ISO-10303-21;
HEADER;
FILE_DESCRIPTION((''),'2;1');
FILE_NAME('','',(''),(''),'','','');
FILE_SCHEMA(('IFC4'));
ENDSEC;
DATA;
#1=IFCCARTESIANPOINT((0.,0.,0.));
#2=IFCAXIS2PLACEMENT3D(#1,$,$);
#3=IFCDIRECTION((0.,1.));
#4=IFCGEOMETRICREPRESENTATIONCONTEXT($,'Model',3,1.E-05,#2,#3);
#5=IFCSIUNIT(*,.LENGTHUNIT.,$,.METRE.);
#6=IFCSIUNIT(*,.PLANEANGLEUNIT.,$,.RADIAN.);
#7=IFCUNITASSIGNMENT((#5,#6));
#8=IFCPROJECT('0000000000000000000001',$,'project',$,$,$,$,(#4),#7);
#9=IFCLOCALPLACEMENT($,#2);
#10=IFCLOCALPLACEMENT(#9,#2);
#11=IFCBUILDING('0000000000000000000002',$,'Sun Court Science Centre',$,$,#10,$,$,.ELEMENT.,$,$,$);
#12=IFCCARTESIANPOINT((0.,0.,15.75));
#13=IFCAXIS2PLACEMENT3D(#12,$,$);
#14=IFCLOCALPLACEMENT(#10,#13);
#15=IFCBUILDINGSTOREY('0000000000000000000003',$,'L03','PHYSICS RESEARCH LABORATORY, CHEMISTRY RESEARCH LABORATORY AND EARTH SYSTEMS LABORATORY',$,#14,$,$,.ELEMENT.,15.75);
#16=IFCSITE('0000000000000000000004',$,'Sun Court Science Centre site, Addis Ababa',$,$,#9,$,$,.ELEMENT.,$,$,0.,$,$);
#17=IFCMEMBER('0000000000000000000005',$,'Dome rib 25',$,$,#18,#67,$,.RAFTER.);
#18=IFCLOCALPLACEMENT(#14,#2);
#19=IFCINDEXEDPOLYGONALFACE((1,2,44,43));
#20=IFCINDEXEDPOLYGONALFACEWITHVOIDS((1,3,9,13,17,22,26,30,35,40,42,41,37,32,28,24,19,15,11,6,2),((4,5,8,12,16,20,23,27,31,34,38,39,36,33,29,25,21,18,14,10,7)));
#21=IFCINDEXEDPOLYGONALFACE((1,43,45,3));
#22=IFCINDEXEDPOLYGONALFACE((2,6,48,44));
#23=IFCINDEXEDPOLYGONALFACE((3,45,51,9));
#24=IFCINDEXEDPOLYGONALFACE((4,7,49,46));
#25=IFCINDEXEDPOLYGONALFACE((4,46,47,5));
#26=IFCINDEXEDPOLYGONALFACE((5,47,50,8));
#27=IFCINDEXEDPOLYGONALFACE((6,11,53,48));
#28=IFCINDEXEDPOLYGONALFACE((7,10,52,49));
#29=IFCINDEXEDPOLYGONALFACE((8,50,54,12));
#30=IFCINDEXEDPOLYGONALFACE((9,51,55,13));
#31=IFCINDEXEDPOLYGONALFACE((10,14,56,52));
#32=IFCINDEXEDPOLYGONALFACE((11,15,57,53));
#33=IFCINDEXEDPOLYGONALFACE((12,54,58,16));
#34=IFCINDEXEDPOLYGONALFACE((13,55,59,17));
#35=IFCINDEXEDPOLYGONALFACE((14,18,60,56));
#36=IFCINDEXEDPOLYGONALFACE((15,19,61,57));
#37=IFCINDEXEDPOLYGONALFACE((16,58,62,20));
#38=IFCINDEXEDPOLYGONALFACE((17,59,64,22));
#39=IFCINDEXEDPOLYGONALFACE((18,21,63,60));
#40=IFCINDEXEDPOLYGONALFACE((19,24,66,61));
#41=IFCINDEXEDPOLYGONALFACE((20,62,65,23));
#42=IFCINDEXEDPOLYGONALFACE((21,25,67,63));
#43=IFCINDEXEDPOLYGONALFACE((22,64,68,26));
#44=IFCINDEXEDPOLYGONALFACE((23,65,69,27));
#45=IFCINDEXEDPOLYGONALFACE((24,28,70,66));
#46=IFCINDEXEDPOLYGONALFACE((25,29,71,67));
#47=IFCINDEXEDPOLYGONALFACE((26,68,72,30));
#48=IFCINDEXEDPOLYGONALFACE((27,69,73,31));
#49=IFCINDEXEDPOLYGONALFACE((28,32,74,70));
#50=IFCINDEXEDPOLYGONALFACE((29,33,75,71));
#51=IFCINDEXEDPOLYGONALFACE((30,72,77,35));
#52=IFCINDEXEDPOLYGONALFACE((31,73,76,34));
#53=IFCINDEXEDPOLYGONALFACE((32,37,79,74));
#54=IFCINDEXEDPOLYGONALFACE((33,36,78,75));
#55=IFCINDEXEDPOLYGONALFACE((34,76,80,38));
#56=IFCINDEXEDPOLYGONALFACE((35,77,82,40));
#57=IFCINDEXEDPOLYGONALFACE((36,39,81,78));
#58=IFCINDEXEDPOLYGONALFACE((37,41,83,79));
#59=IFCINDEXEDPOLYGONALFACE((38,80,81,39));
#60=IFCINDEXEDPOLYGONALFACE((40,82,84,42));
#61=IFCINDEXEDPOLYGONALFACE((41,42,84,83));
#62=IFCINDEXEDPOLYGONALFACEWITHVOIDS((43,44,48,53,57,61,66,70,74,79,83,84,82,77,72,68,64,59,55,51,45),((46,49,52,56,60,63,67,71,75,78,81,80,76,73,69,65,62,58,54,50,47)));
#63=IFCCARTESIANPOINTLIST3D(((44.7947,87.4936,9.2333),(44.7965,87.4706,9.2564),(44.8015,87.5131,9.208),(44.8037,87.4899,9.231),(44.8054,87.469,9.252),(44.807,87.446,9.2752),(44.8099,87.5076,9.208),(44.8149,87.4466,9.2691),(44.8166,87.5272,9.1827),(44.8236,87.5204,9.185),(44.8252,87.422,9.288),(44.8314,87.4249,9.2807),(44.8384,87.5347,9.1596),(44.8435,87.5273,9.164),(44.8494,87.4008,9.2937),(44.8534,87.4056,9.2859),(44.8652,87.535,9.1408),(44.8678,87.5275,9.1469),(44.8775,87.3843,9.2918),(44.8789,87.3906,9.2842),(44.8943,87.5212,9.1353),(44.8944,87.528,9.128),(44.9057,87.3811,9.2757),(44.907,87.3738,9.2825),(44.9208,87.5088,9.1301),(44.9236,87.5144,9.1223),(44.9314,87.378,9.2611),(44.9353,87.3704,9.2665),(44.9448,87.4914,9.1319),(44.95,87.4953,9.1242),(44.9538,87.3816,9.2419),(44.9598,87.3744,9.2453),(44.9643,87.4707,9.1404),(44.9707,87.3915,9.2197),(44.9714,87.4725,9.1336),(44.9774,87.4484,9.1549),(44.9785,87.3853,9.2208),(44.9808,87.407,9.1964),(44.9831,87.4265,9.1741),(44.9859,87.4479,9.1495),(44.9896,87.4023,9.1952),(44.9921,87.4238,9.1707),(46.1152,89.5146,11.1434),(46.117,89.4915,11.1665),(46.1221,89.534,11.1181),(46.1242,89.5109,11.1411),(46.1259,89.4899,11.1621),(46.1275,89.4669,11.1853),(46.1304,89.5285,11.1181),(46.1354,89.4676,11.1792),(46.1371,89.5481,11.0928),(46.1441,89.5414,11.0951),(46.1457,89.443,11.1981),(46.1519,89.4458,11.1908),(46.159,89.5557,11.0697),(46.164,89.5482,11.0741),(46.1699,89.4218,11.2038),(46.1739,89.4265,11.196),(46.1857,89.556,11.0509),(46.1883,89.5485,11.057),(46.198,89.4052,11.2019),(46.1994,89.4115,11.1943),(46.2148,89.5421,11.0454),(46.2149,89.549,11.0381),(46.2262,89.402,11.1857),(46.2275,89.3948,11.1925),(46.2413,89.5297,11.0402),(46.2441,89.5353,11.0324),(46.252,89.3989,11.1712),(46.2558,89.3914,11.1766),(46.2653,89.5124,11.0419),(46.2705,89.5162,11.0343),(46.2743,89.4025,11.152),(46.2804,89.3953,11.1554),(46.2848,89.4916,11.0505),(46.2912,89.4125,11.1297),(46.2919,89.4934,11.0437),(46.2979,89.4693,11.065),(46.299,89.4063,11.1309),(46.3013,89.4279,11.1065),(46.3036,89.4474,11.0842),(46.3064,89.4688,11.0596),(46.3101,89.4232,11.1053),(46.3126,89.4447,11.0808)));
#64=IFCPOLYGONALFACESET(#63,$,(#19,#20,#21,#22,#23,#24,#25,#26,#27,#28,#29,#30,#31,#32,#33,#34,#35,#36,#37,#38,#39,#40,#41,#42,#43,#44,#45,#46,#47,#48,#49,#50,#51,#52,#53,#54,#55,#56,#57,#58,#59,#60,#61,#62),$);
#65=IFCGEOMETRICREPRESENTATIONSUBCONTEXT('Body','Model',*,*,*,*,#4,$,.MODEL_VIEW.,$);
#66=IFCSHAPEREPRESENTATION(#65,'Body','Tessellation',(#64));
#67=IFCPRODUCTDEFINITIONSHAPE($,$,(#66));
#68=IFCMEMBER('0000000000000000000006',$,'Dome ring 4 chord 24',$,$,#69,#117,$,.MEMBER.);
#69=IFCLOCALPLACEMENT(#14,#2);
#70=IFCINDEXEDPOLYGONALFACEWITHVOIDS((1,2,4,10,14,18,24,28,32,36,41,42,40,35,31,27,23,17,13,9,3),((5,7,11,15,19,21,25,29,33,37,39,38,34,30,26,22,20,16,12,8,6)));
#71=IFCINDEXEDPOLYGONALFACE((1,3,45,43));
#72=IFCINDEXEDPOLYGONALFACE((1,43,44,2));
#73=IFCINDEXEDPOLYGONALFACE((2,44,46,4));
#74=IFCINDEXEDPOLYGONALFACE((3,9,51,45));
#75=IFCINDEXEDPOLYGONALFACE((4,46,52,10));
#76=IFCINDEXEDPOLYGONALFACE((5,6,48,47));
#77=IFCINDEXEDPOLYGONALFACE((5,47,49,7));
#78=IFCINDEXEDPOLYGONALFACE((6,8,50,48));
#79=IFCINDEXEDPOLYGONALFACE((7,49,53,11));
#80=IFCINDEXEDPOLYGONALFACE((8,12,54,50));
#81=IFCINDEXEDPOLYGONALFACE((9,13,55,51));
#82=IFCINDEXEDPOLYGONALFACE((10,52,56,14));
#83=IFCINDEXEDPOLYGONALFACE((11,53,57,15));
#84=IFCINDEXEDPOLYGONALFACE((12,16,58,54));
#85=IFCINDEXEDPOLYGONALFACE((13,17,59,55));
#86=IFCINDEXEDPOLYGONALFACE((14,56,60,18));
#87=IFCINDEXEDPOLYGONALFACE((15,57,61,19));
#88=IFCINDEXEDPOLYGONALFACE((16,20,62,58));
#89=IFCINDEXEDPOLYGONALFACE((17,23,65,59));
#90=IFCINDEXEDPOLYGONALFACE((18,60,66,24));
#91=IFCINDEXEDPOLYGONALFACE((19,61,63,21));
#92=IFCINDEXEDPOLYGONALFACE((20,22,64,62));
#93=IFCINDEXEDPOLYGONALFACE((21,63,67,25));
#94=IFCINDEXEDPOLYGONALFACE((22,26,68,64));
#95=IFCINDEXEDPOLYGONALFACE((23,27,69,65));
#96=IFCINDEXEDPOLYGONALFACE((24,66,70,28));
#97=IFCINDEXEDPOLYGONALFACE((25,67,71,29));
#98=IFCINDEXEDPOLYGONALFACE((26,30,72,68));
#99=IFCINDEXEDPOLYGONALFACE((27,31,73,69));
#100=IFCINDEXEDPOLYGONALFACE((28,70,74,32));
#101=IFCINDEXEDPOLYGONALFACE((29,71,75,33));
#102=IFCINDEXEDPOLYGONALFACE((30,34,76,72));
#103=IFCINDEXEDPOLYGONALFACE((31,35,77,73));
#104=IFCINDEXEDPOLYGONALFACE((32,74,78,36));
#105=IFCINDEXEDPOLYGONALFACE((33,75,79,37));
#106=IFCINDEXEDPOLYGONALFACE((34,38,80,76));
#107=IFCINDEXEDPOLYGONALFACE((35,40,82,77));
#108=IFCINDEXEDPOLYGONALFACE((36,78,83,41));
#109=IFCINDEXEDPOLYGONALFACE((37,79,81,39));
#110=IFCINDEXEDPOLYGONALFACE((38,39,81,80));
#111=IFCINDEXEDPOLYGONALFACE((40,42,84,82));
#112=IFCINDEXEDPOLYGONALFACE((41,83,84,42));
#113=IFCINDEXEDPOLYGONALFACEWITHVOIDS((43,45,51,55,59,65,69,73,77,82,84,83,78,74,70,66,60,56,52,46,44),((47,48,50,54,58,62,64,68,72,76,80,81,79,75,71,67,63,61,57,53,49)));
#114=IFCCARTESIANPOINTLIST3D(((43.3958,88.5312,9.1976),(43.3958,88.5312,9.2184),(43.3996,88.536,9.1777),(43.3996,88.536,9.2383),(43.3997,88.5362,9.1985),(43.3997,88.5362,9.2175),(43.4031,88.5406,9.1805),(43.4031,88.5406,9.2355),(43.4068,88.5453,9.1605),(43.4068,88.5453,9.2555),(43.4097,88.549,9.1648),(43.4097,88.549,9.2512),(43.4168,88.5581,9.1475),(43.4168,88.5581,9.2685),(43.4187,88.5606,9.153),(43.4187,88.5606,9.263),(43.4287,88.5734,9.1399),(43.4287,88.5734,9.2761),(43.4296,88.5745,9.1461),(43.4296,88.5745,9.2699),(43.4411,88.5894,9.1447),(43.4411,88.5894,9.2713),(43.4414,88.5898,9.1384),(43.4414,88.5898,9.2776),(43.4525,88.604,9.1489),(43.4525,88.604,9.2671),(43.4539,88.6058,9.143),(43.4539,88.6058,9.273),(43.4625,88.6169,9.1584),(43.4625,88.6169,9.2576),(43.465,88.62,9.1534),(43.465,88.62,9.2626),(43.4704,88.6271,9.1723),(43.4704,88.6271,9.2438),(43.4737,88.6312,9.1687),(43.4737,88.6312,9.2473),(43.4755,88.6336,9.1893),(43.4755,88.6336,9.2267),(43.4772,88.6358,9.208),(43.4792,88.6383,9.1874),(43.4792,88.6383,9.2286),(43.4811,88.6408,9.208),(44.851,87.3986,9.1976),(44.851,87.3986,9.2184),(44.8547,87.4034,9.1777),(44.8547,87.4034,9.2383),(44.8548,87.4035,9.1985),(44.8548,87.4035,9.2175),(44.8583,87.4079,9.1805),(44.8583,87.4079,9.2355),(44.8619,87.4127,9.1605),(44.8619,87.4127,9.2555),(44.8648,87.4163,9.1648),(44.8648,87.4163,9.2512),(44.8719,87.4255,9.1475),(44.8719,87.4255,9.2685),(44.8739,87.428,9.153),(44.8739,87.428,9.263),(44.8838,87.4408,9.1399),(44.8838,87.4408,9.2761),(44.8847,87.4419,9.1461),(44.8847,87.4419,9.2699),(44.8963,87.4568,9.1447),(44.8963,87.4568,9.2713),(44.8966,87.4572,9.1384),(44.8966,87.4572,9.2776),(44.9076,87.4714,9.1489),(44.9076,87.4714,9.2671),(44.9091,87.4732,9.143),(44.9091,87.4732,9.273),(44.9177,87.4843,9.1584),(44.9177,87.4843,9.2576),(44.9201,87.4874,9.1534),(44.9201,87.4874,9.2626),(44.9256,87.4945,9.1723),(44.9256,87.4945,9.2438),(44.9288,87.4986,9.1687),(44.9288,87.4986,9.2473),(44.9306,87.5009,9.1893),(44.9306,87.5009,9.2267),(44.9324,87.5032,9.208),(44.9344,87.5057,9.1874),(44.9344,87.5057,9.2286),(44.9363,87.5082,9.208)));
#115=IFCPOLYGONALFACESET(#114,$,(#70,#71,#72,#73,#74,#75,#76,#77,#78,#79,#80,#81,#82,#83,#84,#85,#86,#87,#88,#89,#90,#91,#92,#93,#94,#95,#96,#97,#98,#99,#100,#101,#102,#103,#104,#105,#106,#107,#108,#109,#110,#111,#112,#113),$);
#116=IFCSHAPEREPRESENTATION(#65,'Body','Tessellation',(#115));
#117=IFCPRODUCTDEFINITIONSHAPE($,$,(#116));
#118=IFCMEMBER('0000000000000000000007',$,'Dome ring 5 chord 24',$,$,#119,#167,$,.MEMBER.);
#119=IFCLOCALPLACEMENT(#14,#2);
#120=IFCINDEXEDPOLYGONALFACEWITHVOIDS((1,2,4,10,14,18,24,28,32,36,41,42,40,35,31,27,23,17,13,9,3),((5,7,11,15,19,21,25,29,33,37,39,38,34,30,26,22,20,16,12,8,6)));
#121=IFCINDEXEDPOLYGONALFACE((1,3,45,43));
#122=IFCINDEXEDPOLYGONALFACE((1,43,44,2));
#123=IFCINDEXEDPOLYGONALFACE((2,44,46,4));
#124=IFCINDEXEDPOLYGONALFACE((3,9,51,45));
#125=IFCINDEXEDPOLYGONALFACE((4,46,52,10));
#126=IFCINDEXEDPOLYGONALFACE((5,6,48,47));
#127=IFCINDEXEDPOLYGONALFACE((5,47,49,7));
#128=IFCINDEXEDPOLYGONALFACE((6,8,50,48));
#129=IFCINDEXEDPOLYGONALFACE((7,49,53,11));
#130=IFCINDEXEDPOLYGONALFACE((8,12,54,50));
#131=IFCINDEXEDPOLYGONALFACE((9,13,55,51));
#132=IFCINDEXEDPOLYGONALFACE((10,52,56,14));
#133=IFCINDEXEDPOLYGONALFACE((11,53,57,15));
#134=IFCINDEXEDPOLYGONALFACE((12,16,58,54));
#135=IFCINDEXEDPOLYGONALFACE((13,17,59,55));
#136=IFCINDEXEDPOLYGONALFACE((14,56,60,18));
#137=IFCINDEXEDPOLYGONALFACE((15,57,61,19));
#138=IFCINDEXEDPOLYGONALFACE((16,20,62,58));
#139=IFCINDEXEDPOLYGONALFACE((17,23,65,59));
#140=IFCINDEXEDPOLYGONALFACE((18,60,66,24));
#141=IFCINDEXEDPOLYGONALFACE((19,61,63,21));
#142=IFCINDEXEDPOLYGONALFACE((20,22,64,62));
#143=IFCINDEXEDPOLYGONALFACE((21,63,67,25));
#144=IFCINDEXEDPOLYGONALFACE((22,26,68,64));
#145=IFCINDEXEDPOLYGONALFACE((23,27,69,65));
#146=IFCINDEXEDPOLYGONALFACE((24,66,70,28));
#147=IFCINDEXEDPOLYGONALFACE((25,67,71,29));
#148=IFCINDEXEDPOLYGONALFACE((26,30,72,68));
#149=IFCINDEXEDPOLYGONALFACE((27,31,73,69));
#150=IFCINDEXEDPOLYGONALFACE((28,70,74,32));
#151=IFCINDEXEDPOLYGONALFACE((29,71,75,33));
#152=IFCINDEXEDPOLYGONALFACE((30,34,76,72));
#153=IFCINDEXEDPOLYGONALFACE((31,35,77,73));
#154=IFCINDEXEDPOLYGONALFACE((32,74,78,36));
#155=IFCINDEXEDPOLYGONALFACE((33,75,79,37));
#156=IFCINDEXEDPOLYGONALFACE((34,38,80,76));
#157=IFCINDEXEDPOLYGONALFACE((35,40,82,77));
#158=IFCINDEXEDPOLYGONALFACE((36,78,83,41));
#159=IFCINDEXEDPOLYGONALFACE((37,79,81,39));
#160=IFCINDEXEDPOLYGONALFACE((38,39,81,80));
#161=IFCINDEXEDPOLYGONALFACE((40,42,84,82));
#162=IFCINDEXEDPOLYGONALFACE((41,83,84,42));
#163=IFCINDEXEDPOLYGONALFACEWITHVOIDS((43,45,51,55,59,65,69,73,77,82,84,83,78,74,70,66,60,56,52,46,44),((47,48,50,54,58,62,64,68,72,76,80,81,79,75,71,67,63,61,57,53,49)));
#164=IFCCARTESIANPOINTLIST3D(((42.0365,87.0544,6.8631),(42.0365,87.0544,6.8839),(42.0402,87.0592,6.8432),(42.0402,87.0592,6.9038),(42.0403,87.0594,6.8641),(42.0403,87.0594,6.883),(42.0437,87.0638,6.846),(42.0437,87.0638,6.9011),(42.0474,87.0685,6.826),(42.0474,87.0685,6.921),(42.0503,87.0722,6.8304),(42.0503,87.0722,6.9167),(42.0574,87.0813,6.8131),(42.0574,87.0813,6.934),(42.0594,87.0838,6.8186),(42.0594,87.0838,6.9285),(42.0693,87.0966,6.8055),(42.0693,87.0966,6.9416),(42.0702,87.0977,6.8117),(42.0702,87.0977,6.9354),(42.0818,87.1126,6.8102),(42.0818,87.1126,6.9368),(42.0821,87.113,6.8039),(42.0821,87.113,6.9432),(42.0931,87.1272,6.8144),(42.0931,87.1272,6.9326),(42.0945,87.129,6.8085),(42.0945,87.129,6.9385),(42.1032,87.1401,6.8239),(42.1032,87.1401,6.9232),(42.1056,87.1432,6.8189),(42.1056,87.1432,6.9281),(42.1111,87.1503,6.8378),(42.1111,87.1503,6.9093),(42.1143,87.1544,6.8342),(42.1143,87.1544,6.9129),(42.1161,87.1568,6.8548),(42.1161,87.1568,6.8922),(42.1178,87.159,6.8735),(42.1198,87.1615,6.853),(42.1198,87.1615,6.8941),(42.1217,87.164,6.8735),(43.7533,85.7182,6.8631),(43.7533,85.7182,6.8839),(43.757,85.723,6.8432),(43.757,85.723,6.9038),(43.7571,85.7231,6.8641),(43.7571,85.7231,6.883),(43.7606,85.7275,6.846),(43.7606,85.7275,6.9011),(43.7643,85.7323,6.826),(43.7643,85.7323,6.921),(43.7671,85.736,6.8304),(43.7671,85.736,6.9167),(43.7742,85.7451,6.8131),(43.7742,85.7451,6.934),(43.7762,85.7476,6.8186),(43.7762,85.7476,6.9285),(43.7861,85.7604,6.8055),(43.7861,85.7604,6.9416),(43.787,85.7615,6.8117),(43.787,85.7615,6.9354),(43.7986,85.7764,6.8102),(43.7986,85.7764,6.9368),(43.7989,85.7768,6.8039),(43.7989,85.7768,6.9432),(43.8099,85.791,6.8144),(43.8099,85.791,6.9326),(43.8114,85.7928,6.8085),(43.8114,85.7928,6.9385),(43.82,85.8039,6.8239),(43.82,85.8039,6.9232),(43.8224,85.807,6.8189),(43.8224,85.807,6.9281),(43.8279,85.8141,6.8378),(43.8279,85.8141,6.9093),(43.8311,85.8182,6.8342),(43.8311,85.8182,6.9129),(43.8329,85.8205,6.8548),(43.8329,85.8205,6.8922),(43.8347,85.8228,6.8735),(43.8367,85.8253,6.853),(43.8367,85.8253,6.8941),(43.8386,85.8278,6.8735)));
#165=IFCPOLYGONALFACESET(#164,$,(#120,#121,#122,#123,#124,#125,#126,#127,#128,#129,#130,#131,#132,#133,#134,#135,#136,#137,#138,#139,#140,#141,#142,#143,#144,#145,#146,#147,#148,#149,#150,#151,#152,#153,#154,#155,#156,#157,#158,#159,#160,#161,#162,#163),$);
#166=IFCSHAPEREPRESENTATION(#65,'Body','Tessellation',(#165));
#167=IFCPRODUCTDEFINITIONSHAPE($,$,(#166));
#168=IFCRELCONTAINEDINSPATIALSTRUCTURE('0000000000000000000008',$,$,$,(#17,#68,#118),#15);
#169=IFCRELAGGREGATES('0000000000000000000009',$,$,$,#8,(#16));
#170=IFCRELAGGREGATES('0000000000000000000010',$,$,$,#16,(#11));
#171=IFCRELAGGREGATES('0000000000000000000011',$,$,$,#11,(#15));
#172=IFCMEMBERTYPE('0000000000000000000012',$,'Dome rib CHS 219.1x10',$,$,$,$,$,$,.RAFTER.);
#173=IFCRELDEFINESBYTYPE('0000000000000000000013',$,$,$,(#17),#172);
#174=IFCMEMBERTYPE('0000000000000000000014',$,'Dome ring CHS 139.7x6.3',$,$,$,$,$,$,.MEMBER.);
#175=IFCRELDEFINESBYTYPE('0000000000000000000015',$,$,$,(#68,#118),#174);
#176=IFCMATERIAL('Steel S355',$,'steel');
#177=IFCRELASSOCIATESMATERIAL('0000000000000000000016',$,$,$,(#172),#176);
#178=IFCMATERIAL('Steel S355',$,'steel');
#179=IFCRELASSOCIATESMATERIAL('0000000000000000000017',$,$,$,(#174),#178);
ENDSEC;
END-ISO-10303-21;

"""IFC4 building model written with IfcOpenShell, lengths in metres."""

from ifc_helpers import new_model, si_unit, direction, frame, origin, origin_2d, place, context, subcontext, project, spatial, hollow_circle, extrude, material, material_profile, profile_set, type_object, element, save


model = new_model("IFC4")

# Units and contexts
model_context = context("Model", 3, precision=1e-05, world=origin(), true_north=direction((0.0, 1.0)))
body_context = subcontext(model_context, "Body", "Model", "MODEL_VIEW")
ifc_project = project(units=[si_unit("LENGTHUNIT", "METRE"), si_unit("PLANEANGLEUNIT", "RADIAN")], contexts=[model_context])

# Site, building, storey
site_placement = place(None, origin())
site = spatial("IfcSite", under=ifc_project, at=site_placement, Name="Sun Court Science Centre site, Addis Ababa", CompositionType="ELEMENT", RefElevation=0.0)
building_placement = place(site_placement, origin())
building = spatial("IfcBuilding", under=site, at=building_placement, Name="Sun Court Science Centre", CompositionType="ELEMENT")
storey_placement = place(building_placement, frame((0.0, 0.0, 15.75)))
storey = spatial("IfcBuildingStorey", under=building, at=storey_placement, Name="L03", Description="PHYSICS RESEARCH LABORATORY, CHEMISTRY RESEARCH LABORATORY AND EARTH SYSTEMS LABORATORY", CompositionType="ELEMENT", Elevation=15.75)

# Members
ifc_material_1 = material(Name="Steel S355", Category="steel")
ifc_material_profile_1 = material_profile(ifc_material_1, hollow_circle(Radius=0.1096, WallThickness=0.01, at=origin_2d()), Name="CHS 219.1x10")
ifc_profile_set_1 = profile_set([ifc_material_profile_1], Name="Steel S355")
member_type_1 = type_object("IfcMemberType", Name="Dome rib CHS 219.1x10", PredefinedType="RAFTER", material=ifc_profile_set_1)
member_1_placement = place(storey_placement, frame((44.8933, 87.4531, 9.208), z_axis=(0.428965, 0.656493, 0.620488), x_axis=(-0.837133, 0.546999, 0.0)))
element("IfcMember", 1, at=member_1_placement, inside=storey, type_object=member_type_1, Name="Dome rib 25", PredefinedType="RAFTER", context=body_context, shape_type="SweptSolid", body=[
    extrude(hollow_circle(Radius=0.1096, WallThickness=0.01, at=origin_2d()), origin(), (0.0, 0.0, 1.0), 3.0784),
])
ifc_material_2 = material(Name="Steel S355", Category="steel")
ifc_material_profile_2 = material_profile(ifc_material_2, hollow_circle(Radius=0.0698, WallThickness=0.0063, at=origin_2d()), Name="CHS 139.7x6.3")
ifc_profile_set_2 = profile_set([ifc_material_profile_2], Name="Steel S355")
member_type_2 = type_object("IfcMemberType", Name="Dome ring CHS 139.7x6.3", PredefinedType="MEMBER", material=ifc_profile_set_2)
member_2_placement = place(storey_placement, frame((43.4382, 88.5857, 9.208), z_axis=(0.789131, -0.614225, 0.0), x_axis=(0.614225, 0.789131, 0.0)))
element("IfcMember", 2, at=member_2_placement, inside=storey, type_object=member_type_2, Name="Dome ring 4 chord 24", PredefinedType="MEMBER", context=body_context, shape_type="SweptSolid", body=[
    extrude(hollow_circle(Radius=0.0698, WallThickness=0.0063, at=origin_2d()), origin(), (0.0, 0.0, 1.0), 1.844),
])
member_3_placement = place(storey_placement, frame((42.0789, 87.1089, 6.8735), z_axis=(0.789153, -0.614197, 0.0), x_axis=(0.614197, 0.789153, 0.0)))
element("IfcMember", 3, at=member_3_placement, inside=storey, type_object=member_type_2, Name="Dome ring 5 chord 24", PredefinedType="MEMBER", context=body_context, shape_type="SweptSolid", body=[
    extrude(hollow_circle(Radius=0.0698, WallThickness=0.0063, at=origin_2d()), origin(), (0.0, 0.0, 1.0), 2.1755),
])

save(model, "model.ifc")
